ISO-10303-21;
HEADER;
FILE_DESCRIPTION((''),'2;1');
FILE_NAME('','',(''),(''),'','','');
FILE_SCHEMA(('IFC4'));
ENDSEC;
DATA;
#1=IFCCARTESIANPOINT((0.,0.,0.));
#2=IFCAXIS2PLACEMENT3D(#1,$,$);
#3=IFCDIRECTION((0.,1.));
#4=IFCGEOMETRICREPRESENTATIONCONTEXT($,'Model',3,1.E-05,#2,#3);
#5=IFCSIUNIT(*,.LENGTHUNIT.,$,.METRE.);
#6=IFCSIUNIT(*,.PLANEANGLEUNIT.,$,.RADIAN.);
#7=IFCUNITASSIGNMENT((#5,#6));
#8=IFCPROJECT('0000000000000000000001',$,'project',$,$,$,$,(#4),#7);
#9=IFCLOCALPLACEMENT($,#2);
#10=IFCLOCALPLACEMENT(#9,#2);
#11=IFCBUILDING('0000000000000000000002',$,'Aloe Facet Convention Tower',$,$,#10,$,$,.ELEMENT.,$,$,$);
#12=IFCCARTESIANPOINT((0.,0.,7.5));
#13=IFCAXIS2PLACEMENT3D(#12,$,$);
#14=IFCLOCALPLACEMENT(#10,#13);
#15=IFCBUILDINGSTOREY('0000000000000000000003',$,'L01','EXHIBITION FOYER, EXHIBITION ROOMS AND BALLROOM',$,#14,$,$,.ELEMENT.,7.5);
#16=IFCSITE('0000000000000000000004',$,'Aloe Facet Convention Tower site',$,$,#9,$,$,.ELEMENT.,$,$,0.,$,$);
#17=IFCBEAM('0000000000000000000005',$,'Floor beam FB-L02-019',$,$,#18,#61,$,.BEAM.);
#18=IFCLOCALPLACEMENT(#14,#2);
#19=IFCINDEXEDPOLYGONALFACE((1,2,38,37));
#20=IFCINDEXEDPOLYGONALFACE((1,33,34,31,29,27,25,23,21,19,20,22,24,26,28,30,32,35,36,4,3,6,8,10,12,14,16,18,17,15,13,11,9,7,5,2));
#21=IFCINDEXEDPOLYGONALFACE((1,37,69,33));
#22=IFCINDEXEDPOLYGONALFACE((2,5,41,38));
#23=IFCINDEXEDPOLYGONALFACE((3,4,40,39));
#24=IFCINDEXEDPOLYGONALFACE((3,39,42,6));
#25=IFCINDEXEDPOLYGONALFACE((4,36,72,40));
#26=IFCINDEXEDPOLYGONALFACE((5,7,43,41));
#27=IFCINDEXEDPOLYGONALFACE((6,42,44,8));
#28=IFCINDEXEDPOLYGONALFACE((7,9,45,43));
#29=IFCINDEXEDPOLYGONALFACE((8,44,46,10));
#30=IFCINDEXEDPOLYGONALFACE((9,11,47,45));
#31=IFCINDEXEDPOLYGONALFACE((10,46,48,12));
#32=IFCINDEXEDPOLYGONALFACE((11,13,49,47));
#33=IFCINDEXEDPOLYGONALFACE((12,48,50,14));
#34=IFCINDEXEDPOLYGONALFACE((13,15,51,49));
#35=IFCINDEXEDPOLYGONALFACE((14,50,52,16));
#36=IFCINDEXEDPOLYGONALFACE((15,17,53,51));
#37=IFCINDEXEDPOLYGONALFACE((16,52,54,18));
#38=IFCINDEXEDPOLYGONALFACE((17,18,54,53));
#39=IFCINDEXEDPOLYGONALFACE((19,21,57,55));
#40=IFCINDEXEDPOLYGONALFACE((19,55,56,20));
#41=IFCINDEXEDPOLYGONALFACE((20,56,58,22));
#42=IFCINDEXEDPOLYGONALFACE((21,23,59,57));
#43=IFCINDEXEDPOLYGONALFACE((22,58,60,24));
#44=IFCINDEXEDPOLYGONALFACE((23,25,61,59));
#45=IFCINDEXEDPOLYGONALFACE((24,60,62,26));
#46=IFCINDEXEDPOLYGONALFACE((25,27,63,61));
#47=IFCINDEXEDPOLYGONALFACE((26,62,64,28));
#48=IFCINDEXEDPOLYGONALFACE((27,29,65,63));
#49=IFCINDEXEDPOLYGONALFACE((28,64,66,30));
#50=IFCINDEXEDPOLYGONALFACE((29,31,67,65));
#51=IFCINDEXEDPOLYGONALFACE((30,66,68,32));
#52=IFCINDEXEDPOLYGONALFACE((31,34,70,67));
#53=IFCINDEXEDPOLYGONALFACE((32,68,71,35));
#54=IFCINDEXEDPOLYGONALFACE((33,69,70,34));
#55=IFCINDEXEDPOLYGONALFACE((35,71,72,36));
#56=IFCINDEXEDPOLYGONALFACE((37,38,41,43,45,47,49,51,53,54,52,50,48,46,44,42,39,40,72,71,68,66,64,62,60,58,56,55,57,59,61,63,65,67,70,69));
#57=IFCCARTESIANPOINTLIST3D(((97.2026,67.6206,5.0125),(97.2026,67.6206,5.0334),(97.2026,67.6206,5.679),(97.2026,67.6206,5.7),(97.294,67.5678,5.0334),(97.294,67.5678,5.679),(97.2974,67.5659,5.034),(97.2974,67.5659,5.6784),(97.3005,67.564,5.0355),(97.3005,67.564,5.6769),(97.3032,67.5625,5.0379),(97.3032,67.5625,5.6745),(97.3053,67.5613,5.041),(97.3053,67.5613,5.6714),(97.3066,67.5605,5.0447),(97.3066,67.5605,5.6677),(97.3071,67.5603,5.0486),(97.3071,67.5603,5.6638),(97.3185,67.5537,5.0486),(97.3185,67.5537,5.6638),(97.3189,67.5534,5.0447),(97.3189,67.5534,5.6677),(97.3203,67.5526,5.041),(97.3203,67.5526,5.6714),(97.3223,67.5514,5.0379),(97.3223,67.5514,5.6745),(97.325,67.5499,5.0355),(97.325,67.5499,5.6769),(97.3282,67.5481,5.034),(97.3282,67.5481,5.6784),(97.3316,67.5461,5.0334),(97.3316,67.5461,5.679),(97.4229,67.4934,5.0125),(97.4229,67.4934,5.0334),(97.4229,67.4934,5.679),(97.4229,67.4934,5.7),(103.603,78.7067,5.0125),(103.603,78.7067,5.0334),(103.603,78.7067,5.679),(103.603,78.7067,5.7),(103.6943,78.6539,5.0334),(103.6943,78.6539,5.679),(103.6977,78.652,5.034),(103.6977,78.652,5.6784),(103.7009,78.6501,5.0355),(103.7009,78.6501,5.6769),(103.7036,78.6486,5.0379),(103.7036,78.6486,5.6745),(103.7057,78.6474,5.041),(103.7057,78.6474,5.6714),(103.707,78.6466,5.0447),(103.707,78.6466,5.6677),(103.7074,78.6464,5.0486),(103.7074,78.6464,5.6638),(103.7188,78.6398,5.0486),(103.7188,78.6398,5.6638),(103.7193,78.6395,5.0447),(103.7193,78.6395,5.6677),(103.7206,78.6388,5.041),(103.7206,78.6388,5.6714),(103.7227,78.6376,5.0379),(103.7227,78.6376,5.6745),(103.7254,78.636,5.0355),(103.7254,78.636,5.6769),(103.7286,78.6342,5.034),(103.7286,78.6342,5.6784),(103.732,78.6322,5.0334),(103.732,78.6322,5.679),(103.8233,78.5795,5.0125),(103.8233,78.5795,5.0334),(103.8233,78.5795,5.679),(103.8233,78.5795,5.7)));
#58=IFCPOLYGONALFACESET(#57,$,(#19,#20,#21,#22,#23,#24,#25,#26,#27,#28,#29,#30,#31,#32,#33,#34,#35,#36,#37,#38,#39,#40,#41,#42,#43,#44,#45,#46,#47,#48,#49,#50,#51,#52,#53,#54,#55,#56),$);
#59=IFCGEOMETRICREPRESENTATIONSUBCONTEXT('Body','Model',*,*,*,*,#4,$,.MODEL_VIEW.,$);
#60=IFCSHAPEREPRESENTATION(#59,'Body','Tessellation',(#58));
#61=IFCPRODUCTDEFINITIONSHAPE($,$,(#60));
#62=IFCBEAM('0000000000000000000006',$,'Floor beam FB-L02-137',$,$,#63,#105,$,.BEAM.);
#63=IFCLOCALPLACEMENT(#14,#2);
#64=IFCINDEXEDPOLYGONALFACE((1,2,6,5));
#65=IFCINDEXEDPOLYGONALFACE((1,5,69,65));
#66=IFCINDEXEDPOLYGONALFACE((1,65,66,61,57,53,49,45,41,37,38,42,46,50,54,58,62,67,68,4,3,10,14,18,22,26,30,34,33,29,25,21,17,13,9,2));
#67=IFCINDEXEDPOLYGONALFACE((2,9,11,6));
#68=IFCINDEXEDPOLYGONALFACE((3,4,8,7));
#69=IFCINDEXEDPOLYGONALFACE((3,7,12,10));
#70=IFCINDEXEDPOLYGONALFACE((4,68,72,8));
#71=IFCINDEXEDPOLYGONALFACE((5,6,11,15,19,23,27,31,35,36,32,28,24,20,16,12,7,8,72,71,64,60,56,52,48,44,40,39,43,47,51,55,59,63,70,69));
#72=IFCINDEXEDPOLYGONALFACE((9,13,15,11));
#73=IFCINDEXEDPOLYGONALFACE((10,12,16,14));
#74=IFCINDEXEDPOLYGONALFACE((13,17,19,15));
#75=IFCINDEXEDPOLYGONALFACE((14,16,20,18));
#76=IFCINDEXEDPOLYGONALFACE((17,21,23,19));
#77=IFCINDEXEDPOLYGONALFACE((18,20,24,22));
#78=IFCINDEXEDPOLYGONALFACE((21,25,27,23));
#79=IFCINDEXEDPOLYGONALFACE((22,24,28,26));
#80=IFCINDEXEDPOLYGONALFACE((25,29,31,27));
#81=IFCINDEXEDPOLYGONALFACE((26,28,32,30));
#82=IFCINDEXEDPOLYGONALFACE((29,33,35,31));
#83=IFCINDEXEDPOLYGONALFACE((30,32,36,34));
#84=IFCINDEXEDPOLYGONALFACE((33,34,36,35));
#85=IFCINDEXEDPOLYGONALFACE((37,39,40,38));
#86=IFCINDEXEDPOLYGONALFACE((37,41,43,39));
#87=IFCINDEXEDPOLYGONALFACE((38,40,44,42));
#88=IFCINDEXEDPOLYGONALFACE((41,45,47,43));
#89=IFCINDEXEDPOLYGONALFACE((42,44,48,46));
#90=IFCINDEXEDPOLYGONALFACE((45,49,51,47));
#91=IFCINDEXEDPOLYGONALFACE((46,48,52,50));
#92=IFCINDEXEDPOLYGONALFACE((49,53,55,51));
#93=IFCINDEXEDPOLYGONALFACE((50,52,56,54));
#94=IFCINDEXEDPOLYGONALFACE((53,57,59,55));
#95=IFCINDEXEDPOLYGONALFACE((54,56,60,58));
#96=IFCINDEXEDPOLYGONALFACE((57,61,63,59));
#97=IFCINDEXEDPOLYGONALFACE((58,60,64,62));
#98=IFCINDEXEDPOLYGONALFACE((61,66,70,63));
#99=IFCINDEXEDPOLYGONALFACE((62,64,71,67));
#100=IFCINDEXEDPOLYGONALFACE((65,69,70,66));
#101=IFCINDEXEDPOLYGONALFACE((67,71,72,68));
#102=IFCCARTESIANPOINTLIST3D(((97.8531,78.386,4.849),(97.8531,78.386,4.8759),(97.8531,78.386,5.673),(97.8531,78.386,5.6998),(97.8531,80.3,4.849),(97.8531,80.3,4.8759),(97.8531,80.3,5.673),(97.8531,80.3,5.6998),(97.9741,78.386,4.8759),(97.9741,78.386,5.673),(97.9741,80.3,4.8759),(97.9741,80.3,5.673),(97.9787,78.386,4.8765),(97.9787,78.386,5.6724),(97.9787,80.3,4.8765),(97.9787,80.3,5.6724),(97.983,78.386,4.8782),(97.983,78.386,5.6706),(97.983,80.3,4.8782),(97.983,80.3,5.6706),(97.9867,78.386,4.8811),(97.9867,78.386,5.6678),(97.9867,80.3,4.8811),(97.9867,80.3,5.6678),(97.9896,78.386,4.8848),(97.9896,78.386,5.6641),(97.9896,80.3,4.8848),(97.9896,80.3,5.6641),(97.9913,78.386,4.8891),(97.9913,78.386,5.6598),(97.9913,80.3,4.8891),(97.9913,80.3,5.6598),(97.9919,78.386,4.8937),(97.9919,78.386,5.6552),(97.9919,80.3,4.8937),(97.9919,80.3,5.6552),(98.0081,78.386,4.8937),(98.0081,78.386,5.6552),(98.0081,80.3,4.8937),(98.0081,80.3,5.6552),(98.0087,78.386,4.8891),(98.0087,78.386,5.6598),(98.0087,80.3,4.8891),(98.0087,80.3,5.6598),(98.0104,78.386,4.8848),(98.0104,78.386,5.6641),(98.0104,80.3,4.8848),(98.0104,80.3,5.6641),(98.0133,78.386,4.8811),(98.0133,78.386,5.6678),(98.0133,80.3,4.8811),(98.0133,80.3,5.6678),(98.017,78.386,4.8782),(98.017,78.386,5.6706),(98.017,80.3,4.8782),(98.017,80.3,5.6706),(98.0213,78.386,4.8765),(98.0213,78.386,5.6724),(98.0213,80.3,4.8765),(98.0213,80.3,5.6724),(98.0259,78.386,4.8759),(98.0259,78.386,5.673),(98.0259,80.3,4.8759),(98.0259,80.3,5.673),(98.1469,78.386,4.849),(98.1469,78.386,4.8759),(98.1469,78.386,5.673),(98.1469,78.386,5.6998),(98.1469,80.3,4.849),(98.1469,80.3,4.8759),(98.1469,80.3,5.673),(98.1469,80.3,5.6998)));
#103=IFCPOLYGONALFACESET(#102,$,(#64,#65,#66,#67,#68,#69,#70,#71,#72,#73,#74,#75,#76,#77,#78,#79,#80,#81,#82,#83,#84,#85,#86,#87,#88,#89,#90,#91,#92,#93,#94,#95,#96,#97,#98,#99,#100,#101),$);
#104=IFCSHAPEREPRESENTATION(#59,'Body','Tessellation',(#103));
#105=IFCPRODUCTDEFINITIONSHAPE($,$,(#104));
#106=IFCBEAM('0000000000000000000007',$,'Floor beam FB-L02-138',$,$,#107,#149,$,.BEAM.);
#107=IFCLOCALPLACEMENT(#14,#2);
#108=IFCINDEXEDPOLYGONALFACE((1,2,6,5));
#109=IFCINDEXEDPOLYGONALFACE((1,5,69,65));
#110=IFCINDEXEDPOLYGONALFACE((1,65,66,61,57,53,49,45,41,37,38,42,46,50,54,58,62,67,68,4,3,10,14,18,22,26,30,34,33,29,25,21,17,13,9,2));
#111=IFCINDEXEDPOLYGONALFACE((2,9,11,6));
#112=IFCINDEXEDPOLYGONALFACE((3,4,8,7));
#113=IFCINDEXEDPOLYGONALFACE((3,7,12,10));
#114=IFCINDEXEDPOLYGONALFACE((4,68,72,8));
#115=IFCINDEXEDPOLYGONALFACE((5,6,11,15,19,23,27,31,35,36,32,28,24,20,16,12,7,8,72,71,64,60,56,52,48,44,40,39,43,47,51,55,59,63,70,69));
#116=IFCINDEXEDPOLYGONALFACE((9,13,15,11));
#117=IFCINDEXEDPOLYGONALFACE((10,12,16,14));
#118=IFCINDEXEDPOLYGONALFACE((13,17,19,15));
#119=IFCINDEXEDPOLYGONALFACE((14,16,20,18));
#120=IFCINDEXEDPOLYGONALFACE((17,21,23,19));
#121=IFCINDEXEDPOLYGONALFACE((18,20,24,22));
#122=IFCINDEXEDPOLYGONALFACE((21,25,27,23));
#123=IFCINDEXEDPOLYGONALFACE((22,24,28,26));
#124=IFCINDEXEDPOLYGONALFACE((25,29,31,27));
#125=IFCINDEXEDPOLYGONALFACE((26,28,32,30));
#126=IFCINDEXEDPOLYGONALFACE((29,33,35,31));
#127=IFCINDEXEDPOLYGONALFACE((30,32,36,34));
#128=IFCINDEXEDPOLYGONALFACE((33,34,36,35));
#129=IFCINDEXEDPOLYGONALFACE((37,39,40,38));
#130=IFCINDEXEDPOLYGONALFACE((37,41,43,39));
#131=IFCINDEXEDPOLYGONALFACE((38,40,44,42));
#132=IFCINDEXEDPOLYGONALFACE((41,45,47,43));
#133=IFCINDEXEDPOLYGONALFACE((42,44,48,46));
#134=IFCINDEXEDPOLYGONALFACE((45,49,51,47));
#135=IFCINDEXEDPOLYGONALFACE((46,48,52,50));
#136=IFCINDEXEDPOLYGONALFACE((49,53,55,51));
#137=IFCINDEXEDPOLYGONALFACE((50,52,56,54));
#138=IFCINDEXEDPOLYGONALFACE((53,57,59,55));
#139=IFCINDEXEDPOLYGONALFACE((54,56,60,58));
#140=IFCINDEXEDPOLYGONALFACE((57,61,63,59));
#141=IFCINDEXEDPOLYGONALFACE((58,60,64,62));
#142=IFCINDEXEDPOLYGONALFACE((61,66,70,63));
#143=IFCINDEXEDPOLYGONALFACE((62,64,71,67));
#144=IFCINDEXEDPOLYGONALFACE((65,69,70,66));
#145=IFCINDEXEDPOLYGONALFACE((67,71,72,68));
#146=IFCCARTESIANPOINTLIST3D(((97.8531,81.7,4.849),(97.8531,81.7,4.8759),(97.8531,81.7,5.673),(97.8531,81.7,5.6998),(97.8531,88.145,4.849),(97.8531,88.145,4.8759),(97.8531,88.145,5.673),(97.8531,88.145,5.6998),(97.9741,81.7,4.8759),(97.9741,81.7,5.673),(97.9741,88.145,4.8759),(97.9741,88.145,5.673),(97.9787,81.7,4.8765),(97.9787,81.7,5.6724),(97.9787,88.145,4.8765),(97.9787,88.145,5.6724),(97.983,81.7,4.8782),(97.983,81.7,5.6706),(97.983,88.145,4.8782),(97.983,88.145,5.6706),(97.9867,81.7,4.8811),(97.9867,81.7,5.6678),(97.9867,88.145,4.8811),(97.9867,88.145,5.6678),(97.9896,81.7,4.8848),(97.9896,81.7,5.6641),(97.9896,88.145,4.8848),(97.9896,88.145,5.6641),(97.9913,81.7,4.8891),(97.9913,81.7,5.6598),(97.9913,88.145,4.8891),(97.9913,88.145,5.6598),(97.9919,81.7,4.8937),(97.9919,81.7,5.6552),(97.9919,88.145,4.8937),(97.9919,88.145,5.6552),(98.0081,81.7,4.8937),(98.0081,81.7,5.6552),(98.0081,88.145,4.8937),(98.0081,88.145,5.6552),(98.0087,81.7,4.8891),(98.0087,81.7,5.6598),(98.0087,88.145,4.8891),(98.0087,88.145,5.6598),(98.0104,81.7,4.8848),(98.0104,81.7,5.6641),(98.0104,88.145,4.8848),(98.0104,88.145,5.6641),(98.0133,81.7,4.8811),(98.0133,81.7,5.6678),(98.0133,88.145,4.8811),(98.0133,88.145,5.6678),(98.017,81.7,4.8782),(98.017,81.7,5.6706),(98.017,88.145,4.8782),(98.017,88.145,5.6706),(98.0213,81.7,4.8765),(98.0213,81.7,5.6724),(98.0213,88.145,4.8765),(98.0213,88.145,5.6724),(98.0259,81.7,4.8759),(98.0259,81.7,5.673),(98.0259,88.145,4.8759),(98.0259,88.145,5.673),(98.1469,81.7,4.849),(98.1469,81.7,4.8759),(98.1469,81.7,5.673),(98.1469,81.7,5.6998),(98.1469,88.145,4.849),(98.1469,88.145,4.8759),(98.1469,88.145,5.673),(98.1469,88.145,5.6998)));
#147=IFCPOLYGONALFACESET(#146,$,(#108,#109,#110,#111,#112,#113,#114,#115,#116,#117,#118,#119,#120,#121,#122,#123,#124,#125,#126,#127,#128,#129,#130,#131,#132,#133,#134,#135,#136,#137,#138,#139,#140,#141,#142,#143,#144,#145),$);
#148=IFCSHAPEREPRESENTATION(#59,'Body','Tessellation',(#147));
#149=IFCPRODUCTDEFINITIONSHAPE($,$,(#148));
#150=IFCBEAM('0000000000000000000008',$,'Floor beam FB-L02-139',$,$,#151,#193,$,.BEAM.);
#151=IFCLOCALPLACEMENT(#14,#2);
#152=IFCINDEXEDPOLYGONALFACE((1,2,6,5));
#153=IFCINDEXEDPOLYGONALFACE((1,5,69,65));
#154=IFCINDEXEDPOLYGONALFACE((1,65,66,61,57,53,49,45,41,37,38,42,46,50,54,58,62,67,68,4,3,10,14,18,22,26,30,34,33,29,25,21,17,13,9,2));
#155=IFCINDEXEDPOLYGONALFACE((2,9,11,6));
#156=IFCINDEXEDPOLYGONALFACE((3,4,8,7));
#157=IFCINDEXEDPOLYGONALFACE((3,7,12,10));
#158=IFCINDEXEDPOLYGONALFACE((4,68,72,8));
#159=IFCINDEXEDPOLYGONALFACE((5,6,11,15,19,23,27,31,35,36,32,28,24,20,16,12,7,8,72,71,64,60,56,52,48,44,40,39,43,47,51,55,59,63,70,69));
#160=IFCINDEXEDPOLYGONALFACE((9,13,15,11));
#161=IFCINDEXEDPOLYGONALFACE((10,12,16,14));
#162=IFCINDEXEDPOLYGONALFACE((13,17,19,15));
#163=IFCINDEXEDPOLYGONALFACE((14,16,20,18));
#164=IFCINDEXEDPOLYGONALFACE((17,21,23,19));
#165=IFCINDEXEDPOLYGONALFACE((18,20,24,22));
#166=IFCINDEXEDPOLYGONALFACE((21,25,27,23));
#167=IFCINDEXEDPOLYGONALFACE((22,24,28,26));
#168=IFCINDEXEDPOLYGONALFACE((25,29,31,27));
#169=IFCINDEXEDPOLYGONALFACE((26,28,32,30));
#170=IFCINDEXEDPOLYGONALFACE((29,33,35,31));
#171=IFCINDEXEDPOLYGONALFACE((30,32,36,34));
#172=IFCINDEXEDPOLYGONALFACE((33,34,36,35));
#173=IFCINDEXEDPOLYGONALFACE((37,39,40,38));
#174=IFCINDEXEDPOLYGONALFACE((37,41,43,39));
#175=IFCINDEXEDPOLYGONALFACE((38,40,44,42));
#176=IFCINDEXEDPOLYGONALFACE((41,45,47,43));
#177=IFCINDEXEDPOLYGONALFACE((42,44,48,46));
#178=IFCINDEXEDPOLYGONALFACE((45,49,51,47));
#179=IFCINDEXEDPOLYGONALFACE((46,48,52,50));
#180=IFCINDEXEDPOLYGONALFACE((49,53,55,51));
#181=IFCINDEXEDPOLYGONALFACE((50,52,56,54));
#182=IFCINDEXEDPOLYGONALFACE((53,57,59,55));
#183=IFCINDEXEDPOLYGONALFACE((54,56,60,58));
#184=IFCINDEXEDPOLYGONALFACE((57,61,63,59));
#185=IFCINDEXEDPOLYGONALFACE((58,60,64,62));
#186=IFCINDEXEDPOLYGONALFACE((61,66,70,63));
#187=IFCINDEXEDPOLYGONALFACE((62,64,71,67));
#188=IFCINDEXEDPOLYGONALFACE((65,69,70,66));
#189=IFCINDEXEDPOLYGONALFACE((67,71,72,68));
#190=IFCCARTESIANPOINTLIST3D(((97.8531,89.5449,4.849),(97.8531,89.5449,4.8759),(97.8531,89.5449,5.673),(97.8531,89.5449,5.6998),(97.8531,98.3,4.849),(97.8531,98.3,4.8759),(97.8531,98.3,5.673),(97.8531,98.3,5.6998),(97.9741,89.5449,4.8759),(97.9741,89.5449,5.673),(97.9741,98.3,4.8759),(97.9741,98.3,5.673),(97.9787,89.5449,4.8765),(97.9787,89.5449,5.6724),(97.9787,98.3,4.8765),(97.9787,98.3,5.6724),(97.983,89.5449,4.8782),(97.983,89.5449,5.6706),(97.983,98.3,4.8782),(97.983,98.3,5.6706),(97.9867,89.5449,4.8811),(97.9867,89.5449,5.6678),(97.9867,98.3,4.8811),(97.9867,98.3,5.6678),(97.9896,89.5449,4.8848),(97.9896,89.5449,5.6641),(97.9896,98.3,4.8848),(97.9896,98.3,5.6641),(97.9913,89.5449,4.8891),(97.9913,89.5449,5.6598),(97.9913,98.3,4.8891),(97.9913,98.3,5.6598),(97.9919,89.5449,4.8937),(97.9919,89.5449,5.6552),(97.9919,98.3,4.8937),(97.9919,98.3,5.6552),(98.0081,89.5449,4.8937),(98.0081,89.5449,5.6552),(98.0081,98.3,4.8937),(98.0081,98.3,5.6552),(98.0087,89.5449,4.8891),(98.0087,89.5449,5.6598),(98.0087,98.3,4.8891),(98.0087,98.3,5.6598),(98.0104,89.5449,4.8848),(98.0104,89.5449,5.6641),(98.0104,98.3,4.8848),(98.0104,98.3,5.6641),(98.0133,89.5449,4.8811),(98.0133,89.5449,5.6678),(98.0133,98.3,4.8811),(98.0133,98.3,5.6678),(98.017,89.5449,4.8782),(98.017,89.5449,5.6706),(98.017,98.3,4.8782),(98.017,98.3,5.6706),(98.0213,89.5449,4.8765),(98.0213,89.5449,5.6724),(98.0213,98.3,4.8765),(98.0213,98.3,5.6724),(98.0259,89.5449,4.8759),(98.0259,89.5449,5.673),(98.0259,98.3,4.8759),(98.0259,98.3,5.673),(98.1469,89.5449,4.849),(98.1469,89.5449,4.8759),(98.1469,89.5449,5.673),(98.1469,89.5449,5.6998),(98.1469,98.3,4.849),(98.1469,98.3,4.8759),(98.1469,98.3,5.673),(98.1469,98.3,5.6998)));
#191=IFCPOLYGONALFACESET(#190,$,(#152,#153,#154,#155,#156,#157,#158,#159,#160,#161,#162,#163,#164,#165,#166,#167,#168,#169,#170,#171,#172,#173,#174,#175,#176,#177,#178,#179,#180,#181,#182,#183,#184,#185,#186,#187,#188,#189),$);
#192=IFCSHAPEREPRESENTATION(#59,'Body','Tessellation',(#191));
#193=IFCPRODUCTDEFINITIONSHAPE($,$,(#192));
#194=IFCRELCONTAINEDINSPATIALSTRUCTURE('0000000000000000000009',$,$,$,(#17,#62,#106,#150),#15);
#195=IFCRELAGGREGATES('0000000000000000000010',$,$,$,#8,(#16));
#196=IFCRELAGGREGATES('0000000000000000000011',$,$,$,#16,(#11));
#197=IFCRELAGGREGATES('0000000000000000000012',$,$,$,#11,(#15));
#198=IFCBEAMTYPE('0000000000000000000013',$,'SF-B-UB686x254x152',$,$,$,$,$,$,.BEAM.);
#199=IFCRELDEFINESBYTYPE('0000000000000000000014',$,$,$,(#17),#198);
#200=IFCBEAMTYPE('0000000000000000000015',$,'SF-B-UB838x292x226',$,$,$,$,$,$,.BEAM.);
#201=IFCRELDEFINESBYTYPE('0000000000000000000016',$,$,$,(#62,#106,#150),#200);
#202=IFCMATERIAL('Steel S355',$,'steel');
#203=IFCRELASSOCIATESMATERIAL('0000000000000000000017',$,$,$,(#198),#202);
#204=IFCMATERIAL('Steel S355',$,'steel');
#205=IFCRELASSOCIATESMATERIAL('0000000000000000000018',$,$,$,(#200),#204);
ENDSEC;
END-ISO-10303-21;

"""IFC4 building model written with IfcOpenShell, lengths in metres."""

from ifc_helpers import new_model, si_unit, direction, frame, origin, origin_2d, place, context, subcontext, project, spatial, i_section, extrude, material, material_profile, profile_set, type_object, element, save


model = new_model("IFC4")

# Units and contexts
model_context = context("Model", 3, precision=1e-05, world=origin(), true_north=direction((0.0, 1.0)))
body_context = subcontext(model_context, "Body", "Model", "MODEL_VIEW")
ifc_project = project(units=[si_unit("LENGTHUNIT", "METRE"), si_unit("PLANEANGLEUNIT", "RADIAN")], contexts=[model_context])

# Site, building, storey
site_placement = place(None, origin())
site = spatial("IfcSite", under=ifc_project, at=site_placement, Name="Aloe Facet Convention Tower site", CompositionType="ELEMENT", RefElevation=0.0)
building_placement = place(site_placement, origin())
building = spatial("IfcBuilding", under=site, at=building_placement, Name="Aloe Facet Convention Tower", CompositionType="ELEMENT")
storey_placement = place(building_placement, frame((0.0, 0.0, 7.5)))
storey = spatial("IfcBuildingStorey", under=building, at=storey_placement, Name="L01", Description="EXHIBITION FOYER, EXHIBITION ROOMS AND BALLROOM", CompositionType="ELEMENT", Elevation=7.5)

# Beams
ifc_material_1 = material(Name="Steel S355", Category="steel")
ifc_material_profile_1 = material_profile(ifc_material_1, i_section(OverallWidth=0.2544, OverallDepth=0.6875, WebThickness=0.0132, FlangeThickness=0.021, FilletRadius=0.0151, at=origin_2d()), Name="UB 686x254x152")
ifc_profile_set_1 = profile_set([ifc_material_profile_1], Name="Steel S355")
beam_type_1 = type_object("IfcBeamType", Name="SF-B-UB686x254x152", PredefinedType="BEAM", material=ifc_profile_set_1)
beam_1_placement = place(storey_placement, frame((103.7131, 78.6431, 5.3562), z_axis=(-0.499987, -0.866033, 0.0), x_axis=(0.866033, -0.499987, 0.0)))
element("IfcBeam", 1, at=beam_1_placement, inside=storey, type_object=beam_type_1, Name="Floor beam FB-L02-019", PredefinedType="BEAM", context=body_context, shape_type="SweptSolid", body=[
    extrude(i_section(OverallWidth=0.2544, OverallDepth=0.6875, WebThickness=0.0132, FlangeThickness=0.021, FilletRadius=0.0151, at=origin_2d()), origin(), (0.0, 0.0, 1.0), 12.801),
])
ifc_material_2 = material(Name="Steel S355", Category="steel")
ifc_material_profile_2 = material_profile(ifc_material_2, i_section(OverallWidth=0.2937, OverallDepth=0.8508, WebThickness=0.0161, FlangeThickness=0.0269, FilletRadius=0.0178, at=origin_2d()), Name="UB 838x292x226")
ifc_profile_set_2 = profile_set([ifc_material_profile_2], Name="Steel S355")
beam_type_2 = type_object("IfcBeamType", Name="SF-B-UB838x292x226", PredefinedType="BEAM", material=ifc_profile_set_2)
beam_2_placement = place(storey_placement, frame((98.0, 78.386, 5.2744), z_axis=(0.0, 1.0, 0.0), x_axis=(-1.0, 0.0, 0.0)))
element("IfcBeam", 2, at=beam_2_placement, inside=storey, type_object=beam_type_2, Name="Floor beam FB-L02-137", PredefinedType="BEAM", context=body_context, shape_type="SweptSolid", body=[
    extrude(i_section(OverallWidth=0.2937, OverallDepth=0.8508, WebThickness=0.0161, FlangeThickness=0.0269, FilletRadius=0.0178, at=origin_2d()), origin(), (0.0, 0.0, 1.0), 1.9141),
])
beam_3_placement = place(storey_placement, frame((98.0, 81.7, 5.2744), z_axis=(0.0, 1.0, 0.0), x_axis=(-1.0, 0.0, 0.0)))
element("IfcBeam", 3, at=beam_3_placement, inside=storey, type_object=beam_type_2, Name="Floor beam FB-L02-138", PredefinedType="BEAM", context=body_context, shape_type="SweptSolid", body=[
    extrude(i_section(OverallWidth=0.2937, OverallDepth=0.8508, WebThickness=0.0161, FlangeThickness=0.0269, FilletRadius=0.0178, at=origin_2d()), origin(), (0.0, 0.0, 1.0), 6.4451),
])
beam_4_placement = place(storey_placement, frame((98.0, 89.5449, 5.2744), z_axis=(0.0, 1.0, 0.0), x_axis=(-1.0, 0.0, 0.0)))
element("IfcBeam", 4, at=beam_4_placement, inside=storey, type_object=beam_type_2, Name="Floor beam FB-L02-139", PredefinedType="BEAM", context=body_context, shape_type="SweptSolid", body=[
    extrude(i_section(OverallWidth=0.2937, OverallDepth=0.8508, WebThickness=0.0161, FlangeThickness=0.0269, FilletRadius=0.0178, at=origin_2d()), origin(), (0.0, 0.0, 1.0), 8.7551),
])

save(model, "model.ifc")
